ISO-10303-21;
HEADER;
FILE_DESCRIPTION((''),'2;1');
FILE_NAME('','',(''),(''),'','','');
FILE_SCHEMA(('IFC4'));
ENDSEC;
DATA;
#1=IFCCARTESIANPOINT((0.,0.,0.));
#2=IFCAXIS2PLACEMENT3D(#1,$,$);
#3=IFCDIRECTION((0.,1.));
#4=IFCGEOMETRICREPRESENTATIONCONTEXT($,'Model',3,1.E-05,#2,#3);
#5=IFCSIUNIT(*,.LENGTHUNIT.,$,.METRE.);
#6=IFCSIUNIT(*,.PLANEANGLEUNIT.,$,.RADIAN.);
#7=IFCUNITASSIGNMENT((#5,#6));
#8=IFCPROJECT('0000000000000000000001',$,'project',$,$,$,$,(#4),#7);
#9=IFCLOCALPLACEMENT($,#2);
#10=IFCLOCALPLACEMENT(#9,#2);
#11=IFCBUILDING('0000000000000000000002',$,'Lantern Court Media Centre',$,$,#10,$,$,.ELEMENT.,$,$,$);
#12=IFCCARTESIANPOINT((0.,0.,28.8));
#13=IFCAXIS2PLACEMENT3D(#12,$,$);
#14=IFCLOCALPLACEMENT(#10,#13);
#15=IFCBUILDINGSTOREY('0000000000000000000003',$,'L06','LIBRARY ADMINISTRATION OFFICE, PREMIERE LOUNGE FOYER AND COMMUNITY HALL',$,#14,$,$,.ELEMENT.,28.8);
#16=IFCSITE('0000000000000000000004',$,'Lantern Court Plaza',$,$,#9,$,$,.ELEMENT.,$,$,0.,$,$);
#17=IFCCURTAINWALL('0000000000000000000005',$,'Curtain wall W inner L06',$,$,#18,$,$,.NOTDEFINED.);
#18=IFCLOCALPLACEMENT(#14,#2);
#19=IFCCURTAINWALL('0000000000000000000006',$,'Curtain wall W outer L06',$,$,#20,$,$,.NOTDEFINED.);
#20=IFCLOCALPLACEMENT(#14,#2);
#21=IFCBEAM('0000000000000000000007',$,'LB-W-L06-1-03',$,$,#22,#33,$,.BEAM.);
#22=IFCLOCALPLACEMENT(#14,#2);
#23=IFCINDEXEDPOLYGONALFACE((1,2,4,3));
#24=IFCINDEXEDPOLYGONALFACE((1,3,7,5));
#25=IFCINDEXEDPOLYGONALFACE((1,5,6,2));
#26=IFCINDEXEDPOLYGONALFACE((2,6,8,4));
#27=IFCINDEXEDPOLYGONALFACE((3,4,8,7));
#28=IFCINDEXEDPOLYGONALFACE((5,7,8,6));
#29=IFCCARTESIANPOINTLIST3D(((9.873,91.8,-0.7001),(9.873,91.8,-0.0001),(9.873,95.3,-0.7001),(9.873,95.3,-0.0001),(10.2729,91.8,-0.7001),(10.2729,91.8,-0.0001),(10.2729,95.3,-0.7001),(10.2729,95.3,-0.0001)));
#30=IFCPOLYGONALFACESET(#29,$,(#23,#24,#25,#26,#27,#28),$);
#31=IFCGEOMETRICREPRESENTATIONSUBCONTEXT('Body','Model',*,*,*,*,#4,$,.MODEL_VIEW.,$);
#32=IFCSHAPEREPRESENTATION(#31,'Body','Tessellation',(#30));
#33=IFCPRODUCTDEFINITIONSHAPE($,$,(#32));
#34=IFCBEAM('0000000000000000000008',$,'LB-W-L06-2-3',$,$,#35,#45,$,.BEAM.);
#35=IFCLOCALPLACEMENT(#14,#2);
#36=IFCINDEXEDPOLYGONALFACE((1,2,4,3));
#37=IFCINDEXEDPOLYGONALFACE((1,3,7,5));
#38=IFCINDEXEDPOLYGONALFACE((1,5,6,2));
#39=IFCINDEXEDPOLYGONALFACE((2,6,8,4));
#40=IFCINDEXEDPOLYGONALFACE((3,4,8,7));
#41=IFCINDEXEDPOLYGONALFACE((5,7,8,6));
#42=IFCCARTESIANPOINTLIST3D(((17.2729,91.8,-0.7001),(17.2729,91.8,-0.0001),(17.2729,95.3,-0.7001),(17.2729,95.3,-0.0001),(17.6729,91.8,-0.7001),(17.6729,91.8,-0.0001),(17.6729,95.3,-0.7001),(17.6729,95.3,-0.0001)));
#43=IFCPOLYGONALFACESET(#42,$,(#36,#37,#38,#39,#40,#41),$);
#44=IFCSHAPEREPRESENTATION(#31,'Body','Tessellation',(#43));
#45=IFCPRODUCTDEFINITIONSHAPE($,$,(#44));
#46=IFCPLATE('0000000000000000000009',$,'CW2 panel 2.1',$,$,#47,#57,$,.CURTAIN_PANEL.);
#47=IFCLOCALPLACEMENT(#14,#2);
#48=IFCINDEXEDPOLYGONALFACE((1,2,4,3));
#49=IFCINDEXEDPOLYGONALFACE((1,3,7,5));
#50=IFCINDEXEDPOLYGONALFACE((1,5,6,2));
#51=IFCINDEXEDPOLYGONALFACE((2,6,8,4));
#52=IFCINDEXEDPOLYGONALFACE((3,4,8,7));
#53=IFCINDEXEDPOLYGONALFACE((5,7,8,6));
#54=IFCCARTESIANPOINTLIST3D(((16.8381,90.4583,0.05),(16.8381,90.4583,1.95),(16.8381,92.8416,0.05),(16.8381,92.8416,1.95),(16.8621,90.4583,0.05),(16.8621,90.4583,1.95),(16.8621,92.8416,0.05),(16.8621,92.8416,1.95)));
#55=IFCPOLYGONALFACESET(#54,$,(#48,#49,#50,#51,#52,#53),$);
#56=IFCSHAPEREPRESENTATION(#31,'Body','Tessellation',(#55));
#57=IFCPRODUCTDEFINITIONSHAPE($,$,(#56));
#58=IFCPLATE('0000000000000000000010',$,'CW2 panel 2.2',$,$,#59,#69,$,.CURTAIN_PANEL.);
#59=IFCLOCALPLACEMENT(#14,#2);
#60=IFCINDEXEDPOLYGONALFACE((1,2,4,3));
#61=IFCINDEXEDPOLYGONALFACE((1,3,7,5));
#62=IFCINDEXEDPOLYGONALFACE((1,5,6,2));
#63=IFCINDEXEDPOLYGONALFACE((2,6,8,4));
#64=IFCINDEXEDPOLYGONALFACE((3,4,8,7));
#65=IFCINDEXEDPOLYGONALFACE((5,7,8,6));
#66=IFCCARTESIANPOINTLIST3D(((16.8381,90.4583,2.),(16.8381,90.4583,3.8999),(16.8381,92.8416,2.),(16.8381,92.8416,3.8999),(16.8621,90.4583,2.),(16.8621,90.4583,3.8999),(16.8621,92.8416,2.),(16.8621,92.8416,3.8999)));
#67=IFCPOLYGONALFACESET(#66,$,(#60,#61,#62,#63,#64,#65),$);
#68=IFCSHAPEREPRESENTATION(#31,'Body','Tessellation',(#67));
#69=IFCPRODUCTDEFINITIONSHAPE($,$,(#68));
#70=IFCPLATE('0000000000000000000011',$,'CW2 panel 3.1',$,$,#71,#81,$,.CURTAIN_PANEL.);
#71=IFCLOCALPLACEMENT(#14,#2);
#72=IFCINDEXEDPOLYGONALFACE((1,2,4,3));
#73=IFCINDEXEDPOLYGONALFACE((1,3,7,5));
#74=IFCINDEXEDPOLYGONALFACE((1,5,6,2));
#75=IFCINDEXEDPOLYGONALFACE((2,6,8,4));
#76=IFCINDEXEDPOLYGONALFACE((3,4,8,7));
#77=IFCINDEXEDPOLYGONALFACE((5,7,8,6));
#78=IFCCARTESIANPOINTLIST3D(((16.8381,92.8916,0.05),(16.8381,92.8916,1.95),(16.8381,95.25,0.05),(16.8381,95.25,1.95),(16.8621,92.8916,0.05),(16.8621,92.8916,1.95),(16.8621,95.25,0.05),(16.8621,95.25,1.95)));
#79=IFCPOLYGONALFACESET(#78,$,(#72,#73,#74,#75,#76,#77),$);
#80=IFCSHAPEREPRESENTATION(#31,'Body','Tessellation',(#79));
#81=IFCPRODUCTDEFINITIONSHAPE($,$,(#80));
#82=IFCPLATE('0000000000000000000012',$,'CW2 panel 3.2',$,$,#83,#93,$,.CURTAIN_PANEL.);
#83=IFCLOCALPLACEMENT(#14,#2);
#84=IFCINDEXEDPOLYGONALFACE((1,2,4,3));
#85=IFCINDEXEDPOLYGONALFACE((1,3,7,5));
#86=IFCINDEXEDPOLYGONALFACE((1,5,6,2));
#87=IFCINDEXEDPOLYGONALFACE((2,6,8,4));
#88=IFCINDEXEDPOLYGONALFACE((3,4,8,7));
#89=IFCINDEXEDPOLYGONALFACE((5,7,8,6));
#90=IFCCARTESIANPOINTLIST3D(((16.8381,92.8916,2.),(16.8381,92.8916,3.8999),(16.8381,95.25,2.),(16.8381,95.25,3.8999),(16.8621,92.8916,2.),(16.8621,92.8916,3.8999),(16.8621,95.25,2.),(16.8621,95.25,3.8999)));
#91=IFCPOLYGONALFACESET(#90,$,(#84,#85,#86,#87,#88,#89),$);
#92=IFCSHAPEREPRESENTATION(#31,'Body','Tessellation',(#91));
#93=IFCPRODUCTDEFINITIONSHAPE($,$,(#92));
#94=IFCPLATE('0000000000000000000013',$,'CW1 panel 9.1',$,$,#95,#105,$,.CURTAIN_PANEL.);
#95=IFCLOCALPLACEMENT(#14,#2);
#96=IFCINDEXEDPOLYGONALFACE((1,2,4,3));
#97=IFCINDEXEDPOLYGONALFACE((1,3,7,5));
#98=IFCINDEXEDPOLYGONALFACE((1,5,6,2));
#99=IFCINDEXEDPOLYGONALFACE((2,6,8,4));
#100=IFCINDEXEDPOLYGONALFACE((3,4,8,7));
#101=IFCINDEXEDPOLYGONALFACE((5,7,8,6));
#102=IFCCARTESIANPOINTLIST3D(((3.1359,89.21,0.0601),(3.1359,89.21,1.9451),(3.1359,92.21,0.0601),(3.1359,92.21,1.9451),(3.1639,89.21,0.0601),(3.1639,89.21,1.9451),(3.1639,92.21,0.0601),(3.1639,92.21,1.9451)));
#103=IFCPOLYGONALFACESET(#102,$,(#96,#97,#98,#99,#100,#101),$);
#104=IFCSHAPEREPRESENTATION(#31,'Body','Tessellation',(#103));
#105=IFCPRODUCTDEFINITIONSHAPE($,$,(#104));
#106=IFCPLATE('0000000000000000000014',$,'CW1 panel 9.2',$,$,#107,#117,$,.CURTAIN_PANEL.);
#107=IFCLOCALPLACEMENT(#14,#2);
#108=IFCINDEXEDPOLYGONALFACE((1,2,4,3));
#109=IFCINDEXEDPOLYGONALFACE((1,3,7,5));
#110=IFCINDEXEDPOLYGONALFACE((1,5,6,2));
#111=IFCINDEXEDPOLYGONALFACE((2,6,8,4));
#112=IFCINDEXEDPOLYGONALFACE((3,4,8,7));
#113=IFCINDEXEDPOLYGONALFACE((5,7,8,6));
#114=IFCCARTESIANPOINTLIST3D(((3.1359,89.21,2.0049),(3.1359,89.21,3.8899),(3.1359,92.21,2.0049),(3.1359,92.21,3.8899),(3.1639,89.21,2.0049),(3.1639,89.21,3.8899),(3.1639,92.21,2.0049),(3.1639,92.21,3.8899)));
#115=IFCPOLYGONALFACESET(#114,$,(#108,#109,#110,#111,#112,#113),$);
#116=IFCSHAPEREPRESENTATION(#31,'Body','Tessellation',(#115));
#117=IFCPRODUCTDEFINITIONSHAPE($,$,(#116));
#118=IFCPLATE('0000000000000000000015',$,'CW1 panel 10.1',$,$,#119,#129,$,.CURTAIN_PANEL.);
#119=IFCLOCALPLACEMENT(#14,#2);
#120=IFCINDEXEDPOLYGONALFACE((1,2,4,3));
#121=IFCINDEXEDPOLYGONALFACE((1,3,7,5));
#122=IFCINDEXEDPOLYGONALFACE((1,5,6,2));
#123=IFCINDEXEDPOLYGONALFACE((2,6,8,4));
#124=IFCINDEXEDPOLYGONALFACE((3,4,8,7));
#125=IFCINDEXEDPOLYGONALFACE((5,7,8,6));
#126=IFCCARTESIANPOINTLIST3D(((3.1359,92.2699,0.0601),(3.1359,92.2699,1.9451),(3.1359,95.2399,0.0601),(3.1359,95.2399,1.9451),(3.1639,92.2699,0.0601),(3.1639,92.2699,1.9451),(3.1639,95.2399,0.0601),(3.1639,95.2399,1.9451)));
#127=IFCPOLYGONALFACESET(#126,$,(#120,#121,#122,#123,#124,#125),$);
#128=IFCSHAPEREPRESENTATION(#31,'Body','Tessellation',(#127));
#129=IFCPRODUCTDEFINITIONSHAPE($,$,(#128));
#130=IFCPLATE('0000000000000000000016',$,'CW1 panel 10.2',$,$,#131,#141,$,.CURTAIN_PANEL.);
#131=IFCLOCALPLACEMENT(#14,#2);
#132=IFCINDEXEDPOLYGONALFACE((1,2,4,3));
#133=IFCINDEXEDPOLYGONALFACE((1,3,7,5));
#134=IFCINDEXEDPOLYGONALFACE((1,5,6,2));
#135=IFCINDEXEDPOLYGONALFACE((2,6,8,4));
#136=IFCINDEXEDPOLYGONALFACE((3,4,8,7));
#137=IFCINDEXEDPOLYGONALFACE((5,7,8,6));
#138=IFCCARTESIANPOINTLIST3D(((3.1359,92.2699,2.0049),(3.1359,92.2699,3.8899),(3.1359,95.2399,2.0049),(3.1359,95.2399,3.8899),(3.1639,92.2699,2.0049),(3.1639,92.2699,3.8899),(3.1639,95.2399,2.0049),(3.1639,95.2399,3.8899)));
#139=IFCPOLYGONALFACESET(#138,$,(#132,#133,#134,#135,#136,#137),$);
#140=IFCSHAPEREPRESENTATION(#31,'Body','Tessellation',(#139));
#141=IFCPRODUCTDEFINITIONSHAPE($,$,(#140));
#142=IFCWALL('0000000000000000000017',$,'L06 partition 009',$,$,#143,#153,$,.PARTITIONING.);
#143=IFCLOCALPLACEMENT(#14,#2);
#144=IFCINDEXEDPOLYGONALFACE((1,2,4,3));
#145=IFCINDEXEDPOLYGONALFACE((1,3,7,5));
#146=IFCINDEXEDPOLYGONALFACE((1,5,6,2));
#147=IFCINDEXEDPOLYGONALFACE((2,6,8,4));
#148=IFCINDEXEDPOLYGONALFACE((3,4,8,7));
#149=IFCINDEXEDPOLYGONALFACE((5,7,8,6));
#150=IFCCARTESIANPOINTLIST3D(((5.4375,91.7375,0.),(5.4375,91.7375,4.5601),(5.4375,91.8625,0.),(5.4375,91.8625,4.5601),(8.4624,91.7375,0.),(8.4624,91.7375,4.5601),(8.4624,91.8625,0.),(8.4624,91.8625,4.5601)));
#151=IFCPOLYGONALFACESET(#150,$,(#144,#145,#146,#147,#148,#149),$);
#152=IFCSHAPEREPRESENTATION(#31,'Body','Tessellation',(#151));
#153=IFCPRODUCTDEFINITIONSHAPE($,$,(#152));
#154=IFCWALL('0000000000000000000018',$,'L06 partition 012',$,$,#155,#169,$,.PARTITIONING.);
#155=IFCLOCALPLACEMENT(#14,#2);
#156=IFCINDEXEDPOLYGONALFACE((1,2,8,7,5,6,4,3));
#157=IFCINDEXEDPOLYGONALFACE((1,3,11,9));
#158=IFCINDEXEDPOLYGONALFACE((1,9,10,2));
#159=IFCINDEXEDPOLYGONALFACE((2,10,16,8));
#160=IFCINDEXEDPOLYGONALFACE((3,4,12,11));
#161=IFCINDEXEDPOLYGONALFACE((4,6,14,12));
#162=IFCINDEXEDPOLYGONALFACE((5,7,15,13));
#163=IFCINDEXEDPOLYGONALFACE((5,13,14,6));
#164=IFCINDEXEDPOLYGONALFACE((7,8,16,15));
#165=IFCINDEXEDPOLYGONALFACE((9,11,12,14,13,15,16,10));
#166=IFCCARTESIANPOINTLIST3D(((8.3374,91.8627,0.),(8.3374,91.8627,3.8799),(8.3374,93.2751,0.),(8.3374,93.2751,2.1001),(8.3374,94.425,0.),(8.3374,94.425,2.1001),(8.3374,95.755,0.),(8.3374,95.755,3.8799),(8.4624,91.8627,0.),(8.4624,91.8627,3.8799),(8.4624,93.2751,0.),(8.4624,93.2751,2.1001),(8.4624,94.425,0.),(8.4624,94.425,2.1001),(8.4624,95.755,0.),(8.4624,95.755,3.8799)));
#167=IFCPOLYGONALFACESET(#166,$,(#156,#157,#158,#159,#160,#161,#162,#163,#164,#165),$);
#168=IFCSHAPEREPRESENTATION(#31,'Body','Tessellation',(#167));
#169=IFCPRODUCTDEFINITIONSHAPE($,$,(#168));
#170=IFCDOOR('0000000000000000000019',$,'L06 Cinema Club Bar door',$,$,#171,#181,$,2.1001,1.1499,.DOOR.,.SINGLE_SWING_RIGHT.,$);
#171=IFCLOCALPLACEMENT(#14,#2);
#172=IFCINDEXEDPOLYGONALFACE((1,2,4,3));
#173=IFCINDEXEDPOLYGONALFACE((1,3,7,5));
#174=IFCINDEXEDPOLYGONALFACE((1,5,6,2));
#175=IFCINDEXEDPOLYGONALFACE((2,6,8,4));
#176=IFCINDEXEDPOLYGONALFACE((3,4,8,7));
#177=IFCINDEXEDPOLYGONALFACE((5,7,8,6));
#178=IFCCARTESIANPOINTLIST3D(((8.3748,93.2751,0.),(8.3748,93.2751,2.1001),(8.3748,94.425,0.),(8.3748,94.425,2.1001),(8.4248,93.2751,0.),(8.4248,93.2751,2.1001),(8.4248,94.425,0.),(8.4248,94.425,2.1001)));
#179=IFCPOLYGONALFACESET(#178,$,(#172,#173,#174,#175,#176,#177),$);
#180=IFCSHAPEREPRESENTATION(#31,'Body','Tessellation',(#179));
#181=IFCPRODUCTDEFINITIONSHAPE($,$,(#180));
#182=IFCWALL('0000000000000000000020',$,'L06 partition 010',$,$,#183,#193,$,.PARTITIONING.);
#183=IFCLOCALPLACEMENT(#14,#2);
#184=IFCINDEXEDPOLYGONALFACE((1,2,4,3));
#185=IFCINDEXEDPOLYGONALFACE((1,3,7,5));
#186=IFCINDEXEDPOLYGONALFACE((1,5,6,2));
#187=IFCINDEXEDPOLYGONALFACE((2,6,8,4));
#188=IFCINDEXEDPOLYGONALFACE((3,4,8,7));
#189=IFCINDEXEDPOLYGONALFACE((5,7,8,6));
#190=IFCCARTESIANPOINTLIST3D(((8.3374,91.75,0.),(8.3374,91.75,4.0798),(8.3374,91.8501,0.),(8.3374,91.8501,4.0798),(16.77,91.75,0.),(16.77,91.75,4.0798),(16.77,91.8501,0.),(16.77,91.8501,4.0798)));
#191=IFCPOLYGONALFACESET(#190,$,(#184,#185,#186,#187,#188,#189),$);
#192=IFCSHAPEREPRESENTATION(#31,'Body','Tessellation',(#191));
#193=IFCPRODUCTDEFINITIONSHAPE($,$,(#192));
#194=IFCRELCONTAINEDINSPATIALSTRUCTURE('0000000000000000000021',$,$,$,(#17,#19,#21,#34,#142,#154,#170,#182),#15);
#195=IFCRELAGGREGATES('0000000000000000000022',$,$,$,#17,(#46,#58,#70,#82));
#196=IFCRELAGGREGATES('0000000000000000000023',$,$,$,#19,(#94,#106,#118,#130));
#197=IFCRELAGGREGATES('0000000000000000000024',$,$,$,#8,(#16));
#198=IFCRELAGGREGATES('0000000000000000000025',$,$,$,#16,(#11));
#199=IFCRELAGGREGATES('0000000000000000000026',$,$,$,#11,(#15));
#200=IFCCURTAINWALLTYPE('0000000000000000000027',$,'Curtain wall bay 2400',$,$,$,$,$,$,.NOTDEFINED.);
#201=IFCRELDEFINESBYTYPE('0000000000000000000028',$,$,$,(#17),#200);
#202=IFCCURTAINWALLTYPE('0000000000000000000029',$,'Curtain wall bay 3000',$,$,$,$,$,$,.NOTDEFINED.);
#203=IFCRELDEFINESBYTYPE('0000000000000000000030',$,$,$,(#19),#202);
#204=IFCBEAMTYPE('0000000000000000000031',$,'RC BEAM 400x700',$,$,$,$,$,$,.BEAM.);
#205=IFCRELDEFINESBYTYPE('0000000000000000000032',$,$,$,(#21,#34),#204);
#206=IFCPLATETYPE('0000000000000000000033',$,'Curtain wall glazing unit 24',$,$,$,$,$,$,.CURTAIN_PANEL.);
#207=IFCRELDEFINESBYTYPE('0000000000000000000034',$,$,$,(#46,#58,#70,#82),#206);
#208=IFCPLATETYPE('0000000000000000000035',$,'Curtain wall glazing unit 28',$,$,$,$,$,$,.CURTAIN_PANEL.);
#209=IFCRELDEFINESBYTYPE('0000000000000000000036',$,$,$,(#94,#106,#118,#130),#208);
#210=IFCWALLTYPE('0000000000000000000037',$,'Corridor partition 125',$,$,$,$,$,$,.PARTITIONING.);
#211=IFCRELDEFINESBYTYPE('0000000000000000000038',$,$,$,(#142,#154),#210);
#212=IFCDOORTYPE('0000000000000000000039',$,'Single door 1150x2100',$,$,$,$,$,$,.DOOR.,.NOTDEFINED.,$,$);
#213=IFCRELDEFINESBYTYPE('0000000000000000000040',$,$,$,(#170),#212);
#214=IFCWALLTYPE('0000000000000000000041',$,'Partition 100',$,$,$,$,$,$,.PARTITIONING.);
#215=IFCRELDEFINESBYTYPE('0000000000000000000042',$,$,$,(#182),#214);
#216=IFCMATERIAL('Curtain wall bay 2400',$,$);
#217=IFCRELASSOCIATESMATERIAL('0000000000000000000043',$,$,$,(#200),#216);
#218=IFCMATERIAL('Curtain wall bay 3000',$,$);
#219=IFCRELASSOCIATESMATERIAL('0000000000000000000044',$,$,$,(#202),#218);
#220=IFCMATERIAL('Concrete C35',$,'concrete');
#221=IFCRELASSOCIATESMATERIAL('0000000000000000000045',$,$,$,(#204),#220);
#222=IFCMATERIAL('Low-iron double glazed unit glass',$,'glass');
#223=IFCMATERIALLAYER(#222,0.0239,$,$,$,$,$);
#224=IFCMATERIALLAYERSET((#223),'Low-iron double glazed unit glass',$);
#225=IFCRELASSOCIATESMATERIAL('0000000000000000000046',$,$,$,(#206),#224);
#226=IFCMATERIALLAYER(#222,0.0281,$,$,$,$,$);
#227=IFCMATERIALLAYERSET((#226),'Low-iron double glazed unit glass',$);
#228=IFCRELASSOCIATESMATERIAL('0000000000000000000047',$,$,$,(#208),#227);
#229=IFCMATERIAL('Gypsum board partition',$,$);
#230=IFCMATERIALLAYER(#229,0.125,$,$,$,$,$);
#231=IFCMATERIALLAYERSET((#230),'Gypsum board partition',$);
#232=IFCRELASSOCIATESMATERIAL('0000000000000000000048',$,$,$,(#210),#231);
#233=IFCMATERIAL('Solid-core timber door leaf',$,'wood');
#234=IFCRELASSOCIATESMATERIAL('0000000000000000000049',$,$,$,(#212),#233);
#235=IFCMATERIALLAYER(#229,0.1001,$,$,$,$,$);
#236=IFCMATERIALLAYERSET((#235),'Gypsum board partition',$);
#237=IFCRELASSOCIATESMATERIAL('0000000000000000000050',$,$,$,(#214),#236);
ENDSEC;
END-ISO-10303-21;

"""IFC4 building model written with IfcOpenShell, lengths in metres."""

from ifc_helpers import new_model, si_unit, direction, frame, frame_2d, origin, origin_2d, place, context, subcontext, project, spatial, rectangle, extrude, material, layer, layer_set, material_profile, profile_set, type_object, element, fill, aggregate, save


model = new_model("IFC4")

# Units and contexts
model_context = context("Model", 3, precision=1e-05, world=origin(), true_north=direction((0.0, 1.0)))
body_context = subcontext(model_context, "Body", "Model", "MODEL_VIEW")
ifc_project = project(units=[si_unit("LENGTHUNIT", "METRE"), si_unit("PLANEANGLEUNIT", "RADIAN")], contexts=[model_context])

# Site, building, storey
site_placement = place(None, origin())
site = spatial("IfcSite", under=ifc_project, at=site_placement, Name="Lantern Court Plaza", CompositionType="ELEMENT", RefElevation=0.0)
building_placement = place(site_placement, origin())
building = spatial("IfcBuilding", under=site, at=building_placement, Name="Lantern Court Media Centre", CompositionType="ELEMENT")
storey_placement = place(building_placement, frame((0.0, 0.0, 28.8)))
storey = spatial("IfcBuildingStorey", under=building, at=storey_placement, Name="L06", Description="LIBRARY ADMINISTRATION OFFICE, PREMIERE LOUNGE FOYER AND COMMUNITY HALL", CompositionType="ELEMENT", Elevation=28.8)

# Shared definitions
ifc_material_1 = material(Name="Concrete C35", Category="concrete")

# Curtain walls
ifc_material_2 = material(Name="Curtain wall bay 2400")
curtain_wall_type_1 = type_object("IfcCurtainWallType", Name="Curtain wall bay 2400", PredefinedType="NOTDEFINED", material=ifc_material_2)
curtain_wall_1_placement = place(storey_placement, origin())
curtain_wall_1 = element("IfcCurtainWall", 1, at=curtain_wall_1_placement, inside=storey, type_object=curtain_wall_type_1, Name="Curtain wall W inner L06", PredefinedType="NOTDEFINED")
ifc_material_3 = material(Name="Curtain wall bay 3000")
curtain_wall_type_2 = type_object("IfcCurtainWallType", Name="Curtain wall bay 3000", PredefinedType="NOTDEFINED", material=ifc_material_3)
curtain_wall_2_placement = place(storey_placement, origin())
curtain_wall_2 = element("IfcCurtainWall", 2, at=curtain_wall_2_placement, inside=storey, type_object=curtain_wall_type_2, Name="Curtain wall W outer L06", PredefinedType="NOTDEFINED")

# Beams
ifc_material_profile_1 = material_profile(ifc_material_1, rectangle(XDim=0.3999, YDim=0.7, at=origin_2d()), Name="RC 400x700")
ifc_profile_set_1 = profile_set([ifc_material_profile_1], Name="Concrete C35")
beam_type = type_object("IfcBeamType", Name="RC BEAM 400x700", PredefinedType="BEAM", material=ifc_profile_set_1)
for number, where, z_axis, x_axis, name in (
    (3, (10.073, 91.8, -0.3501), (0.0, 1.0, 0.0), (-1.0, 0.0, 0.0), "LB-W-L06-1-03"),
    (4, (17.4729, 91.8, -0.3501), (0.0, 1.0, 0.0), (-1.0, 0.0, 0.0), "LB-W-L06-2-3"),
):
    element("IfcBeam", number, at=place(storey_placement, frame(where, z_axis=z_axis, x_axis=x_axis)), inside=storey, type_object=beam_type, Name=name, PredefinedType="BEAM", context=body_context, shape_type="SweptSolid", body=[
        extrude(rectangle(XDim=0.3999, YDim=0.7, at=origin_2d()), origin(), (0.0, 0.0, 1.0), 3.5),
    ])

# Plates
ifc_material_4 = material(Name="Low-iron double glazed unit glass", Category="glass")
ifc_layer_1 = layer(ifc_material_4, 0.0239)
ifc_layer_set_1 = layer_set([ifc_layer_1], Name="Low-iron double glazed unit glass")
plate_type_1 = type_object("IfcPlateType", Name="Curtain wall glazing unit 24", PredefinedType="CURTAIN_PANEL", material=ifc_layer_set_1)
plate_1_placement = place(storey_placement, frame((16.8501, 91.6499, 0.05), z_axis=(0.0, 0.0, 1.0), x_axis=(0.0, 1.0, 0.0)))
plate_1 = element("IfcPlate", 5, at=plate_1_placement, type_object=plate_type_1, Name="CW2 panel 2.1", PredefinedType="CURTAIN_PANEL", context=body_context, shape_type="SweptSolid", body=[
    extrude(rectangle(XDim=2.3833, YDim=0.0239, at=origin_2d()), origin(), (0.0, 0.0, 1.0), 1.8999),
])
plate_2_placement = place(storey_placement, frame((16.8501, 91.6499, 2.0), z_axis=(0.0, 0.0, 1.0), x_axis=(0.0, 1.0, 0.0)))
plate_2 = element("IfcPlate", 6, at=plate_2_placement, type_object=plate_type_1, Name="CW2 panel 2.2", PredefinedType="CURTAIN_PANEL", context=body_context, shape_type="SweptSolid", body=[
    extrude(rectangle(XDim=2.3833, YDim=0.0239, at=origin_2d()), origin(), (0.0, 0.0, 1.0), 1.8999),
])
plate_3_placement = place(storey_placement, frame((16.8501, 94.0708, 0.05), z_axis=(0.0, 0.0, 1.0), x_axis=(0.0, 1.0, 0.0)))
plate_3 = element("IfcPlate", 7, at=plate_3_placement, type_object=plate_type_1, Name="CW2 panel 3.1", PredefinedType="CURTAIN_PANEL", context=body_context, shape_type="SweptSolid", body=[
    extrude(rectangle(XDim=2.3584, YDim=0.0239, at=origin_2d()), origin(), (0.0, 0.0, 1.0), 1.8999),
])
plate_4_placement = place(storey_placement, frame((16.8501, 94.0708, 2.0), z_axis=(0.0, 0.0, 1.0), x_axis=(0.0, 1.0, 0.0)))
plate_4 = element("IfcPlate", 8, at=plate_4_placement, type_object=plate_type_1, Name="CW2 panel 3.2", PredefinedType="CURTAIN_PANEL", context=body_context, shape_type="SweptSolid", body=[
    extrude(rectangle(XDim=2.3584, YDim=0.0239, at=origin_2d()), origin(), (0.0, 0.0, 1.0), 1.8999),
])
aggregate(curtain_wall_1, [plate_1, plate_2, plate_3, plate_4])
ifc_layer_2 = layer(ifc_material_4, 0.0281)
ifc_layer_set_2 = layer_set([ifc_layer_2], Name="Low-iron double glazed unit glass")
plate_type_2 = type_object("IfcPlateType", Name="Curtain wall glazing unit 28", PredefinedType="CURTAIN_PANEL", material=ifc_layer_set_2)
plate_5_placement = place(storey_placement, frame((3.1499, 90.71, 0.0601), z_axis=(0.0, 0.0, 1.0), x_axis=(0.0, 1.0, 0.0)))
plate_5 = element("IfcPlate", 9, at=plate_5_placement, type_object=plate_type_2, Name="CW1 panel 9.1", PredefinedType="CURTAIN_PANEL", context=body_context, shape_type="SweptSolid", body=[
    extrude(rectangle(XDim=3.0, YDim=0.0281, at=origin_2d()), origin(), (0.0, 0.0, 1.0), 1.885),
])
plate_6_placement = place(storey_placement, frame((3.1499, 90.71, 2.0049), z_axis=(0.0, 0.0, 1.0), x_axis=(0.0, 1.0, 0.0)))
plate_6 = element("IfcPlate", 10, at=plate_6_placement, type_object=plate_type_2, Name="CW1 panel 9.2", PredefinedType="CURTAIN_PANEL", context=body_context, shape_type="SweptSolid", body=[
    extrude(rectangle(XDim=3.0, YDim=0.0281, at=origin_2d()), origin(), (0.0, 0.0, 1.0), 1.885),
])
plate_7_placement = place(storey_placement, frame((3.1499, 93.7549, 0.0601), z_axis=(0.0, 0.0, 1.0), x_axis=(0.0, 1.0, 0.0)))
plate_7 = element("IfcPlate", 11, at=plate_7_placement, type_object=plate_type_2, Name="CW1 panel 10.1", PredefinedType="CURTAIN_PANEL", context=body_context, shape_type="SweptSolid", body=[
    extrude(rectangle(XDim=2.97, YDim=0.0281, at=origin_2d()), origin(), (0.0, 0.0, 1.0), 1.885),
])
plate_8_placement = place(storey_placement, frame((3.1499, 93.7549, 2.0049), z_axis=(0.0, 0.0, 1.0), x_axis=(0.0, 1.0, 0.0)))
plate_8 = element("IfcPlate", 12, at=plate_8_placement, type_object=plate_type_2, Name="CW1 panel 10.2", PredefinedType="CURTAIN_PANEL", context=body_context, shape_type="SweptSolid", body=[
    extrude(rectangle(XDim=2.97, YDim=0.0281, at=origin_2d()), origin(), (0.0, 0.0, 1.0), 1.885),
])
aggregate(curtain_wall_2, [plate_5, plate_6, plate_7, plate_8])

# Wall
ifc_material_5 = material(Name="Gypsum board partition")
ifc_layer_3 = layer(ifc_material_5, 0.125)
ifc_layer_set_3 = layer_set([ifc_layer_3], Name="Gypsum board partition")
wall_type_1 = type_object("IfcWallType", Name="Corridor partition 125", PredefinedType="PARTITIONING", material=ifc_layer_set_3)
wall_1_placement = place(storey_placement, frame((5.4375, 91.8, 0.0), z_axis=(0.0, 0.0, 1.0), x_axis=(1.0, 0.0, 0.0)))
element("IfcWall", 13, at=wall_1_placement, inside=storey, type_object=wall_type_1, Name="L06 partition 009", PredefinedType="PARTITIONING", context=body_context, shape_type="SweptSolid", body=[
    extrude(rectangle(XDim=3.0249, YDim=0.125, at=frame_2d((1.5125, 0.0))), origin(), (0.0, 0.0, 1.0), 4.5601),
])

# Wall, opening, door
wall_2_placement = place(storey_placement, frame((8.3999, 91.8625, 0.0), z_axis=(0.0, 0.0, 1.0), x_axis=(0.0, 1.0, 0.0)))
wall_2 = element("IfcWall", 14, at=wall_2_placement, inside=storey, type_object=wall_type_1, Name="L06 partition 012", PredefinedType="PARTITIONING", context=body_context, shape_type="SweptSolid", body=[
    extrude(rectangle(XDim=3.8923, YDim=0.125, at=frame_2d((1.9463, 0.0))), origin(), (0.0, 0.0, 1.0), 3.8799),
])
opening_placement = place(wall_2_placement, frame((1.4126, 0.0, 0.0)))
opening = element("IfcOpeningElement", 15, at=opening_placement, cuts=wall_2, PredefinedType="OPENING", context=body_context, shape_type="SweptSolid", body=[
    extrude(rectangle(XDim=1.1499, YDim=2.1001, at=frame_2d((0.575, 1.05))), frame((0.0, 0.0725, 0.0), z_axis=(0.0, -1.0, 0.0), x_axis=(1.0, 0.0, 0.0)), (0.0, 0.0, 1.0), 0.145),
])
ifc_material_6 = material(Name="Solid-core timber door leaf", Category="wood")
door_type = type_object("IfcDoorType", Name="Single door 1150x2100", OperationType="NOTDEFINED", PredefinedType="DOOR", material=ifc_material_6)
door_placement = place(opening_placement, frame((1.1499, 0.0, 0.0), z_axis=(0.0, 0.0, 1.0), x_axis=(-1.0, 0.0, 0.0)))
door = element("IfcDoor", 16, at=door_placement, inside=storey, type_object=door_type, Name="L06 Cinema Club Bar door", OperationType="SINGLE_SWING_RIGHT", OverallHeight=2.1001, OverallWidth=1.1499, PredefinedType="DOOR", context=body_context, shape_type="SweptSolid", body=[
    extrude(rectangle(XDim=1.1499, YDim=2.1001, at=frame_2d((0.575, 1.05))), frame((0.0, 0.0249, 0.0), z_axis=(0.0, -1.0, 0.0), x_axis=(1.0, 0.0, 0.0)), (0.0, 0.0, 1.0), 0.05),
])
fill(opening, door)

# Wall
ifc_layer_4 = layer(ifc_material_5, 0.1001)
ifc_layer_set_4 = layer_set([ifc_layer_4], Name="Gypsum board partition")
wall_type_2 = type_object("IfcWallType", Name="Partition 100", PredefinedType="PARTITIONING", material=ifc_layer_set_4)
wall_3_placement = place(storey_placement, frame((8.3374, 91.8, 0.0), z_axis=(0.0, 0.0, 1.0), x_axis=(1.0, 0.0, 0.0)))
element("IfcWall", 17, at=wall_3_placement, inside=storey, type_object=wall_type_2, Name="L06 partition 010", PredefinedType="PARTITIONING", context=body_context, shape_type="SweptSolid", body=[
    extrude(rectangle(XDim=8.4326, YDim=0.1001, at=frame_2d((4.2163, 0.0))), origin(), (0.0, 0.0, 1.0), 4.0798),
])

save(model, "model.ifc")
